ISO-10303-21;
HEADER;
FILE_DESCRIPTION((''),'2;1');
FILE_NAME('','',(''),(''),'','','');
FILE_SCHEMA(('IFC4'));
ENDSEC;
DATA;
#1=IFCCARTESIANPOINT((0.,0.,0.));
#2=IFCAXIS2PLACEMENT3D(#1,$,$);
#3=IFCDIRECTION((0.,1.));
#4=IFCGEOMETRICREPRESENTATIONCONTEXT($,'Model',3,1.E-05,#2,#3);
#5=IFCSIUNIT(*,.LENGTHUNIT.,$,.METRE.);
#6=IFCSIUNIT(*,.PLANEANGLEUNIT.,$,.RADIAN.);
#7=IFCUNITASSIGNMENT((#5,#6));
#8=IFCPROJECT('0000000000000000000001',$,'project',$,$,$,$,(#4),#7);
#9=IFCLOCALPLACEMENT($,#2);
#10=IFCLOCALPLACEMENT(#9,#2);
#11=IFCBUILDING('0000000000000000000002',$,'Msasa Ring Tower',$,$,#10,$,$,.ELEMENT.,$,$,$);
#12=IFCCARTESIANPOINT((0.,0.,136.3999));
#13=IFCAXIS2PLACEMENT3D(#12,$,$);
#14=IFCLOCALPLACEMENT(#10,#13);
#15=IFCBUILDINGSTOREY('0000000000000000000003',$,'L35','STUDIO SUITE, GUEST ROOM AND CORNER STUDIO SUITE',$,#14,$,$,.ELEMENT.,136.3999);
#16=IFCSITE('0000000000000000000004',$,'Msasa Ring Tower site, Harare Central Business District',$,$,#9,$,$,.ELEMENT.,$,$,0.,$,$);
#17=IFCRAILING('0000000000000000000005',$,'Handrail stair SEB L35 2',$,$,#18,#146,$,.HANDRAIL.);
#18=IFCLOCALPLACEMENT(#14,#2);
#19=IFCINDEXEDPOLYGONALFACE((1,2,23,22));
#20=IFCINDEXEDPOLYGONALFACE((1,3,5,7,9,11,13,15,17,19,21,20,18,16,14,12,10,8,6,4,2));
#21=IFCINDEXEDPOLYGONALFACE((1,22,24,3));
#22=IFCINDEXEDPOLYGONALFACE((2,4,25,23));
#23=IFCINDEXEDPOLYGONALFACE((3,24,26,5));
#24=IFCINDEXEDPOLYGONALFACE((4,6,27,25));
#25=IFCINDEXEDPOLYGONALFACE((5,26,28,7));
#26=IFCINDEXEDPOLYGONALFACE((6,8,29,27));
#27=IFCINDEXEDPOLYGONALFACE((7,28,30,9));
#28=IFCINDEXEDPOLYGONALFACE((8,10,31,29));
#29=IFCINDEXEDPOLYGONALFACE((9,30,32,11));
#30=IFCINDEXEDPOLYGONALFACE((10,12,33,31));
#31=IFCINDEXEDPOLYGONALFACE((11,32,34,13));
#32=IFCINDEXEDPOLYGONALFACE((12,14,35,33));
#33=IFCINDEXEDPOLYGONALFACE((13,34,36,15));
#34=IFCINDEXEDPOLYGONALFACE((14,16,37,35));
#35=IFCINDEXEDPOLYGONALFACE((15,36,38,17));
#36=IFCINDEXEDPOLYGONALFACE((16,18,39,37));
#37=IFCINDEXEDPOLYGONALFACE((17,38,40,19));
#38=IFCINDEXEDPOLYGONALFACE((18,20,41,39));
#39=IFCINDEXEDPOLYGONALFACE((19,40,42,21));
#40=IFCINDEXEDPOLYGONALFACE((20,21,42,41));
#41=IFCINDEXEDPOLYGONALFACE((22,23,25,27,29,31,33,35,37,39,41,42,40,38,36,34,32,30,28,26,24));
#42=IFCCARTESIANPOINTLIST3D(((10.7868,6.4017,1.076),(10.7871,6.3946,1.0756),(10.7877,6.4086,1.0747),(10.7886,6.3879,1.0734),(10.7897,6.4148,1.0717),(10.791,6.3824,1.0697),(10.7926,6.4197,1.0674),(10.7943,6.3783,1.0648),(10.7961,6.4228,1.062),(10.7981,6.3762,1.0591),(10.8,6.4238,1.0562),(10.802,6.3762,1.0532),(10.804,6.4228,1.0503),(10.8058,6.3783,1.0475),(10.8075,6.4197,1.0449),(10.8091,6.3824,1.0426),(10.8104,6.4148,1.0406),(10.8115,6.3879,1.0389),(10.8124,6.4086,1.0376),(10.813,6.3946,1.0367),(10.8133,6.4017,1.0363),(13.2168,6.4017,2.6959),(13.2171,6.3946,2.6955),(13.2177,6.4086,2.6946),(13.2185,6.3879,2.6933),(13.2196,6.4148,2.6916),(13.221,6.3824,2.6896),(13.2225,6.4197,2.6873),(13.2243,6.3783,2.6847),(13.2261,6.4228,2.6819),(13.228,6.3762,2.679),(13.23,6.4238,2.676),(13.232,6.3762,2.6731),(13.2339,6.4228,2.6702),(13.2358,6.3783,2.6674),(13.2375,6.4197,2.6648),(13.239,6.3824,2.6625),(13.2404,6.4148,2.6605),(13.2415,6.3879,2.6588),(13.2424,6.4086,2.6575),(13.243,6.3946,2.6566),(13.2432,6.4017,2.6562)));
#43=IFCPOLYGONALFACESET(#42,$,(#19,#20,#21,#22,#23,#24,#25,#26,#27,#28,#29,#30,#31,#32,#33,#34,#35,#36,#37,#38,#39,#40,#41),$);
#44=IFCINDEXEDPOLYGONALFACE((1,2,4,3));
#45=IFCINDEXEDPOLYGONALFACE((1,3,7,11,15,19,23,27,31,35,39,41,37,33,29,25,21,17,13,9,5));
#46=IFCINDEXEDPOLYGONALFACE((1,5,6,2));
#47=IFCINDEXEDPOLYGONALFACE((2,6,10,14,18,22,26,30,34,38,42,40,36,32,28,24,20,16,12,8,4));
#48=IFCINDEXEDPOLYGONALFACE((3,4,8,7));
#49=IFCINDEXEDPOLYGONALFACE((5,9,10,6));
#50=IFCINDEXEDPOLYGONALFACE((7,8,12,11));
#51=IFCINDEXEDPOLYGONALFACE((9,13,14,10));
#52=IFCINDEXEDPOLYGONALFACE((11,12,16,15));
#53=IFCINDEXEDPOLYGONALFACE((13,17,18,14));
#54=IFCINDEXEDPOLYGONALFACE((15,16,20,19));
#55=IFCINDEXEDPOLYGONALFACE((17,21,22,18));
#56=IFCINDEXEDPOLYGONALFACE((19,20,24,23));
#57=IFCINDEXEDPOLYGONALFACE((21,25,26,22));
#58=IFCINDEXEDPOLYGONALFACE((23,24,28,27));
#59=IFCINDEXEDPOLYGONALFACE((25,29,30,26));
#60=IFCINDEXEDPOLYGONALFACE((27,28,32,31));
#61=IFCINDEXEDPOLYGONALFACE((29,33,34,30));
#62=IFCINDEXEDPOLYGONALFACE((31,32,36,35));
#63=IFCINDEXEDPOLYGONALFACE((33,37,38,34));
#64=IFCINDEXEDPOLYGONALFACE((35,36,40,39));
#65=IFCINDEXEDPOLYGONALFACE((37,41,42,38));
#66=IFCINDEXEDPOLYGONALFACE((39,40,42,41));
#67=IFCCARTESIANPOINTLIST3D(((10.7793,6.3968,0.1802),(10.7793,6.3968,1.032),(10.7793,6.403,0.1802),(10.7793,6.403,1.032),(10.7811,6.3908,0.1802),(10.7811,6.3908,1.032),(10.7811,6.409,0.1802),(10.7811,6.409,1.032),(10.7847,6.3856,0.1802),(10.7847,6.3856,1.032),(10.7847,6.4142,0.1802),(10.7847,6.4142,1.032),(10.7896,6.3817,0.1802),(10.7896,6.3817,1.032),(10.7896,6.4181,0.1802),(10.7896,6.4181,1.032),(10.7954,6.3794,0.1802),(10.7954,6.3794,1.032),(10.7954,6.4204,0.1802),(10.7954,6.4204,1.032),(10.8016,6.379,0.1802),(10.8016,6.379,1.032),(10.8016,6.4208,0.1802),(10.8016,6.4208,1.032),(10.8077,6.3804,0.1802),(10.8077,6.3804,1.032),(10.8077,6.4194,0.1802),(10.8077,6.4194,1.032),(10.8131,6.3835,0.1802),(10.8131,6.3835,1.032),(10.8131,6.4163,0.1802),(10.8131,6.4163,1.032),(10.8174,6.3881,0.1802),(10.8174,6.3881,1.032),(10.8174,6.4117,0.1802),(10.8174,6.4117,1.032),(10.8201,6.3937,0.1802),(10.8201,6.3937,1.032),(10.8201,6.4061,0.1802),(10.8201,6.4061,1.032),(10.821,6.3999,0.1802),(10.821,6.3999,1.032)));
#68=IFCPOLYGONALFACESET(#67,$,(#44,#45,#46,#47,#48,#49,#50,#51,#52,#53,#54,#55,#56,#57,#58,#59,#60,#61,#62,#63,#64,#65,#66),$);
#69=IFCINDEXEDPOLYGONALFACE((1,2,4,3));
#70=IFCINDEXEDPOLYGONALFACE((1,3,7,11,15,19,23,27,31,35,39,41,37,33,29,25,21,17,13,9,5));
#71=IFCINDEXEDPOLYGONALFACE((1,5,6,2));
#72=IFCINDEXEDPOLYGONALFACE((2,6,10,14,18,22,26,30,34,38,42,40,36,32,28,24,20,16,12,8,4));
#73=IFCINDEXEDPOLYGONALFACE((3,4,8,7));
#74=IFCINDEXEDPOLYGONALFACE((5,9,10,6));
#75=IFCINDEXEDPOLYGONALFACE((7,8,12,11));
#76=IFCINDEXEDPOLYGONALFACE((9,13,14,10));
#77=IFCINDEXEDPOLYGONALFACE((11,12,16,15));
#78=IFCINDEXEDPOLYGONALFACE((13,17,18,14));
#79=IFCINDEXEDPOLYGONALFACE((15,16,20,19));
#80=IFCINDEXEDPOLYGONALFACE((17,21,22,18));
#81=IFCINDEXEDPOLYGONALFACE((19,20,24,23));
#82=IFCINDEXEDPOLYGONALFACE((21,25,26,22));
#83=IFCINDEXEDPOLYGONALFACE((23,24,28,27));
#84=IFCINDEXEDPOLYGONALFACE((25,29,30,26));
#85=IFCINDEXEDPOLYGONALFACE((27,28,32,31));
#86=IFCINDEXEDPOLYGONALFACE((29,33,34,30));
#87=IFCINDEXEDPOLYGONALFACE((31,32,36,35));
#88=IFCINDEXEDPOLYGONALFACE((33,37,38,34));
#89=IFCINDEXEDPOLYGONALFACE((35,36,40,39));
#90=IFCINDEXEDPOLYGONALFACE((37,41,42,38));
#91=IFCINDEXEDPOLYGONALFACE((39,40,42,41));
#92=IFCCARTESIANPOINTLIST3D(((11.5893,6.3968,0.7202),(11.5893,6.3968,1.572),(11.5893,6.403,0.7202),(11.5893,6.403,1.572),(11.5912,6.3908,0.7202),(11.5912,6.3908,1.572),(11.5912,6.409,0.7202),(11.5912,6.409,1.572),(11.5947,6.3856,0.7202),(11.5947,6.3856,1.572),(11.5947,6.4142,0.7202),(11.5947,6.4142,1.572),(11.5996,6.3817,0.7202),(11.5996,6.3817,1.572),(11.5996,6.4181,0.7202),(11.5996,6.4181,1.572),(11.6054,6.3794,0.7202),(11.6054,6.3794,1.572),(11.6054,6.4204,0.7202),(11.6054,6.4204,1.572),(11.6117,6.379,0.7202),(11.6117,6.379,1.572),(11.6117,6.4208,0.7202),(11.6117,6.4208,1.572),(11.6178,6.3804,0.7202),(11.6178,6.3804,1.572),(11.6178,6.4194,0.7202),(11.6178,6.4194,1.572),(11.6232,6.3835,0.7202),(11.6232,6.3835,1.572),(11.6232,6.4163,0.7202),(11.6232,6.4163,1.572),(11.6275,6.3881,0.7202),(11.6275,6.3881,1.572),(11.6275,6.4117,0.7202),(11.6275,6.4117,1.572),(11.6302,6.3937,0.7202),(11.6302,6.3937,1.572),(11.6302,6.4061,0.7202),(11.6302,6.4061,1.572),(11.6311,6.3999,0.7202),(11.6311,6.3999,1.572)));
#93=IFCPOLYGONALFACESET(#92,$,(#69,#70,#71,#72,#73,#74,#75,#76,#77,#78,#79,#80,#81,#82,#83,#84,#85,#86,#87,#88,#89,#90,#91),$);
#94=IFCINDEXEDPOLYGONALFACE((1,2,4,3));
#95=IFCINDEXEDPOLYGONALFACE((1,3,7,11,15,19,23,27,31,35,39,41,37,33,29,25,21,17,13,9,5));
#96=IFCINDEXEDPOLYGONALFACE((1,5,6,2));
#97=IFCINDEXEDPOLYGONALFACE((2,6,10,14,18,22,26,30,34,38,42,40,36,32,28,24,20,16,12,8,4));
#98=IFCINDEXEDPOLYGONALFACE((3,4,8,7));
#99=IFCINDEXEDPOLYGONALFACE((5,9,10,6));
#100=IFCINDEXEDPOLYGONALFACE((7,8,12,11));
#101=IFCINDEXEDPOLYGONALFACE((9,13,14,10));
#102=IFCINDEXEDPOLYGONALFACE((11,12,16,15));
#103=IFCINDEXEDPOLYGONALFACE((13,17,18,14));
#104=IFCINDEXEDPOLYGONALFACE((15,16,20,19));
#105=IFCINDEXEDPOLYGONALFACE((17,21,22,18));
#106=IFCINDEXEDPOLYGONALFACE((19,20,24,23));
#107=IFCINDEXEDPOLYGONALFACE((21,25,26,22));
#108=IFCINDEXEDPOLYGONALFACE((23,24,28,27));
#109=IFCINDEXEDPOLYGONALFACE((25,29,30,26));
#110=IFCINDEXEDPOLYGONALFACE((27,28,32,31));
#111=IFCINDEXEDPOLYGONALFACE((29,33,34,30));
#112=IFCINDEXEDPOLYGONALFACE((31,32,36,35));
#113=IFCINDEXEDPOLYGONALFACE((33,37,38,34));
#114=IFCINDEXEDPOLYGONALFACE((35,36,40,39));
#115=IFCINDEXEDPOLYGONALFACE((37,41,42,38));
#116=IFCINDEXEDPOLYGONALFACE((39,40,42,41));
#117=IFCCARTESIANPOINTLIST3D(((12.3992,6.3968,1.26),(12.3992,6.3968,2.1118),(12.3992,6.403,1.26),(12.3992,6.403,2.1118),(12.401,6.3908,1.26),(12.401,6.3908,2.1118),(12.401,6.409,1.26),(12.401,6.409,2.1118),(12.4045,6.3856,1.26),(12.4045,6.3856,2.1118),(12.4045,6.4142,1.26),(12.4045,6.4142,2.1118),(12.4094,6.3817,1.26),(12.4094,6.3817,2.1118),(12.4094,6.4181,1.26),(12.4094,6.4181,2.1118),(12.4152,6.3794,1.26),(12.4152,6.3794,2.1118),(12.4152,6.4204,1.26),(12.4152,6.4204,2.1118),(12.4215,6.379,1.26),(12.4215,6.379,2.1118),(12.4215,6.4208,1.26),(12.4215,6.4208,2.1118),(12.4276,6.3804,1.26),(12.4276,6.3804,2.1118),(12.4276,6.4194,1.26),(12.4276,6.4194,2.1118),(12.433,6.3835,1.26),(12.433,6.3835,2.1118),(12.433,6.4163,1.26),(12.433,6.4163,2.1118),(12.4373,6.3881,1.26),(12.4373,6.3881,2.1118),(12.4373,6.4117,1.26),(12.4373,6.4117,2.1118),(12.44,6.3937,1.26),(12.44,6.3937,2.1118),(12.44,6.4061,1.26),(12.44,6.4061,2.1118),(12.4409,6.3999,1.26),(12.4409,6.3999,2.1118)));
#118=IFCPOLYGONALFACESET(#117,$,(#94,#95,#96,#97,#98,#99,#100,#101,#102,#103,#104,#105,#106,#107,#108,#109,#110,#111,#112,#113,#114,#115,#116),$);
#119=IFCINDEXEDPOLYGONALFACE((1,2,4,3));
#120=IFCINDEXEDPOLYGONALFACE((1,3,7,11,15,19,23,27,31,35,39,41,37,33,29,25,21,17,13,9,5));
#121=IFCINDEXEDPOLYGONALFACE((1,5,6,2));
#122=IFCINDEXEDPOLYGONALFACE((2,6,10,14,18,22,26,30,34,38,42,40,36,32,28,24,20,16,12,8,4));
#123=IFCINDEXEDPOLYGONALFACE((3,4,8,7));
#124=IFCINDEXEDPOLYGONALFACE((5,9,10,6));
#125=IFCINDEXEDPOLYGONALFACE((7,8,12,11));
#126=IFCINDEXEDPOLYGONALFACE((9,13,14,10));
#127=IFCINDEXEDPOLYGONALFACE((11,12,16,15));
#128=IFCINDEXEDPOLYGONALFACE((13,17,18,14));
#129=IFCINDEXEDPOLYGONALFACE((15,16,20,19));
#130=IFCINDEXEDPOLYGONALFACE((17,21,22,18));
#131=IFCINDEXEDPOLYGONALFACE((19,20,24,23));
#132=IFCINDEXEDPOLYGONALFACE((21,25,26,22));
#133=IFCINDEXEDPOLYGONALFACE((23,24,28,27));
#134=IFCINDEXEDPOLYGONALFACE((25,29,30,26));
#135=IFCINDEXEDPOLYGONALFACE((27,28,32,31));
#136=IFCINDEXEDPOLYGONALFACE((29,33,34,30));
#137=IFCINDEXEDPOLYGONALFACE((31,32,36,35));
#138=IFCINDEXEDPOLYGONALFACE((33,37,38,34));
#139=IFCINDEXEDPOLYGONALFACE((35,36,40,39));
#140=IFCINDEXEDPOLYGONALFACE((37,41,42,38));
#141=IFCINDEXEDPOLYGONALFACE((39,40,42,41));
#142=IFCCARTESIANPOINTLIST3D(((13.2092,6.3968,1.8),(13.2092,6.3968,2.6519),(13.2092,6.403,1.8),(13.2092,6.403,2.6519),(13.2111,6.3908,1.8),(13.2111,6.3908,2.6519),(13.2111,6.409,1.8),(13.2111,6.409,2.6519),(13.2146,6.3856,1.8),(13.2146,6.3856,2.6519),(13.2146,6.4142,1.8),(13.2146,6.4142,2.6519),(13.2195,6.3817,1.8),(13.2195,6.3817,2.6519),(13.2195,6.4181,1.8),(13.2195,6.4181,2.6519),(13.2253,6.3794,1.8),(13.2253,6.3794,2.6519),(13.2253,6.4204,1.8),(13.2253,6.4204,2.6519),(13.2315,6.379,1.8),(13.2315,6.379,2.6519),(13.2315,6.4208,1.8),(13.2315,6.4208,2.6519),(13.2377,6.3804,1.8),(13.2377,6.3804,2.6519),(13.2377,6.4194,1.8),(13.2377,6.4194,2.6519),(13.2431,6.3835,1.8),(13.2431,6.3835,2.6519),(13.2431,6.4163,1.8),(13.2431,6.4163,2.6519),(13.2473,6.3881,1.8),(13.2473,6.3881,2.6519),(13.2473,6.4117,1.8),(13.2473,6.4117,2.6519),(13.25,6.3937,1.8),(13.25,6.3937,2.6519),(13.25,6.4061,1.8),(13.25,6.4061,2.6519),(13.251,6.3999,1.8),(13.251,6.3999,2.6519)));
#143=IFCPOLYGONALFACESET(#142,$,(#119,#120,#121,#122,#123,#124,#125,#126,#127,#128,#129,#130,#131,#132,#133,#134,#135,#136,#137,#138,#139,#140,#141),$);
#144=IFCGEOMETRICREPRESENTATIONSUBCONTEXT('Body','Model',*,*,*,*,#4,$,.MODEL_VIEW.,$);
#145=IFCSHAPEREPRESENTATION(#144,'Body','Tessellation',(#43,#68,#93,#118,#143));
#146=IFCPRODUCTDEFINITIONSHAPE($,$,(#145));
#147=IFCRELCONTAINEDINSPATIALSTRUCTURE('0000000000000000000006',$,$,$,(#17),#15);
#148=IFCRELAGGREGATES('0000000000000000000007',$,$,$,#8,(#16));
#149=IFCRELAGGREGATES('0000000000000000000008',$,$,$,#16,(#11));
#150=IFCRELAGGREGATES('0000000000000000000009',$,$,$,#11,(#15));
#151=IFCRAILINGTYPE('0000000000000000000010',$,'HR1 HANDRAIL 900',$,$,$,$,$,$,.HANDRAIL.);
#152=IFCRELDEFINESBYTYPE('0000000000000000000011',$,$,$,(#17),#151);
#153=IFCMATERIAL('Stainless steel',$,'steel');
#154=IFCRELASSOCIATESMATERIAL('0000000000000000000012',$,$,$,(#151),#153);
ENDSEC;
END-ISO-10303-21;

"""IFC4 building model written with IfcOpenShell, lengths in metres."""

from ifc_helpers import new_model, si_unit, direction, frame, origin, origin_2d, place, context, subcontext, project, spatial, circle, extrude, material, type_object, element, save


model = new_model("IFC4")

# Units and contexts
model_context = context("Model", 3, precision=1e-05, world=origin(), true_north=direction((0.0, 1.0)))
body_context = subcontext(model_context, "Body", "Model", "MODEL_VIEW")
ifc_project = project(units=[si_unit("LENGTHUNIT", "METRE"), si_unit("PLANEANGLEUNIT", "RADIAN")], contexts=[model_context])

# Site, building, storey
site_placement = place(None, origin())
site = spatial("IfcSite", under=ifc_project, at=site_placement, Name="Msasa Ring Tower site, Harare Central Business District", CompositionType="ELEMENT", RefElevation=0.0)
building_placement = place(site_placement, origin())
building = spatial("IfcBuilding", under=site, at=building_placement, Name="Msasa Ring Tower", CompositionType="ELEMENT")
storey_placement = place(building_placement, frame((0.0, 0.0, 136.3999)))
storey = spatial("IfcBuildingStorey", under=building, at=storey_placement, Name="L35", Description="STUDIO SUITE, GUEST ROOM AND CORNER STUDIO SUITE", CompositionType="ELEMENT", Elevation=136.3999)

# Railing
ifc_material_1 = material(Name="Stainless steel", Category="steel")
railing_type = type_object("IfcRailingType", Name="HR1 HANDRAIL 900", PredefinedType="HANDRAIL", material=ifc_material_1)
for number, where, name in (
    (1, (10.8, 6.3999, 0.1802), "Handrail stair SEB L35 2"),
):
    element("IfcRailing", number, at=place(storey_placement, frame(where)), inside=storey, type_object=railing_type, Name=name, PredefinedType="HANDRAIL", context=body_context, shape_type="SweptSolid", body=[
        extrude(circle(Radius=0.0239, at=origin_2d()), frame((0.0, 0.0, 0.876), z_axis=(0.832063, 0.0, 0.554681), x_axis=(0.0, 1.0, 0.0)), (0.0, 0.0, 1.0), 2.9204),
        extrude(circle(Radius=0.021, at=origin_2d()), origin(), (0.0, 0.0, 1.0), 0.8518),
        extrude(circle(Radius=0.021, at=origin_2d()), frame((0.8101, 0.0, 0.54)), (0.0, 0.0, 1.0), 0.8518),
        extrude(circle(Radius=0.021, at=origin_2d()), frame((1.6199, 0.0, 1.0798)), (0.0, 0.0, 1.0), 0.8518),
        extrude(circle(Radius=0.021, at=origin_2d()), frame((2.4299, 0.0, 1.6199)), (0.0, 0.0, 1.0), 0.8518),
    ])

save(model, "model.ifc")
